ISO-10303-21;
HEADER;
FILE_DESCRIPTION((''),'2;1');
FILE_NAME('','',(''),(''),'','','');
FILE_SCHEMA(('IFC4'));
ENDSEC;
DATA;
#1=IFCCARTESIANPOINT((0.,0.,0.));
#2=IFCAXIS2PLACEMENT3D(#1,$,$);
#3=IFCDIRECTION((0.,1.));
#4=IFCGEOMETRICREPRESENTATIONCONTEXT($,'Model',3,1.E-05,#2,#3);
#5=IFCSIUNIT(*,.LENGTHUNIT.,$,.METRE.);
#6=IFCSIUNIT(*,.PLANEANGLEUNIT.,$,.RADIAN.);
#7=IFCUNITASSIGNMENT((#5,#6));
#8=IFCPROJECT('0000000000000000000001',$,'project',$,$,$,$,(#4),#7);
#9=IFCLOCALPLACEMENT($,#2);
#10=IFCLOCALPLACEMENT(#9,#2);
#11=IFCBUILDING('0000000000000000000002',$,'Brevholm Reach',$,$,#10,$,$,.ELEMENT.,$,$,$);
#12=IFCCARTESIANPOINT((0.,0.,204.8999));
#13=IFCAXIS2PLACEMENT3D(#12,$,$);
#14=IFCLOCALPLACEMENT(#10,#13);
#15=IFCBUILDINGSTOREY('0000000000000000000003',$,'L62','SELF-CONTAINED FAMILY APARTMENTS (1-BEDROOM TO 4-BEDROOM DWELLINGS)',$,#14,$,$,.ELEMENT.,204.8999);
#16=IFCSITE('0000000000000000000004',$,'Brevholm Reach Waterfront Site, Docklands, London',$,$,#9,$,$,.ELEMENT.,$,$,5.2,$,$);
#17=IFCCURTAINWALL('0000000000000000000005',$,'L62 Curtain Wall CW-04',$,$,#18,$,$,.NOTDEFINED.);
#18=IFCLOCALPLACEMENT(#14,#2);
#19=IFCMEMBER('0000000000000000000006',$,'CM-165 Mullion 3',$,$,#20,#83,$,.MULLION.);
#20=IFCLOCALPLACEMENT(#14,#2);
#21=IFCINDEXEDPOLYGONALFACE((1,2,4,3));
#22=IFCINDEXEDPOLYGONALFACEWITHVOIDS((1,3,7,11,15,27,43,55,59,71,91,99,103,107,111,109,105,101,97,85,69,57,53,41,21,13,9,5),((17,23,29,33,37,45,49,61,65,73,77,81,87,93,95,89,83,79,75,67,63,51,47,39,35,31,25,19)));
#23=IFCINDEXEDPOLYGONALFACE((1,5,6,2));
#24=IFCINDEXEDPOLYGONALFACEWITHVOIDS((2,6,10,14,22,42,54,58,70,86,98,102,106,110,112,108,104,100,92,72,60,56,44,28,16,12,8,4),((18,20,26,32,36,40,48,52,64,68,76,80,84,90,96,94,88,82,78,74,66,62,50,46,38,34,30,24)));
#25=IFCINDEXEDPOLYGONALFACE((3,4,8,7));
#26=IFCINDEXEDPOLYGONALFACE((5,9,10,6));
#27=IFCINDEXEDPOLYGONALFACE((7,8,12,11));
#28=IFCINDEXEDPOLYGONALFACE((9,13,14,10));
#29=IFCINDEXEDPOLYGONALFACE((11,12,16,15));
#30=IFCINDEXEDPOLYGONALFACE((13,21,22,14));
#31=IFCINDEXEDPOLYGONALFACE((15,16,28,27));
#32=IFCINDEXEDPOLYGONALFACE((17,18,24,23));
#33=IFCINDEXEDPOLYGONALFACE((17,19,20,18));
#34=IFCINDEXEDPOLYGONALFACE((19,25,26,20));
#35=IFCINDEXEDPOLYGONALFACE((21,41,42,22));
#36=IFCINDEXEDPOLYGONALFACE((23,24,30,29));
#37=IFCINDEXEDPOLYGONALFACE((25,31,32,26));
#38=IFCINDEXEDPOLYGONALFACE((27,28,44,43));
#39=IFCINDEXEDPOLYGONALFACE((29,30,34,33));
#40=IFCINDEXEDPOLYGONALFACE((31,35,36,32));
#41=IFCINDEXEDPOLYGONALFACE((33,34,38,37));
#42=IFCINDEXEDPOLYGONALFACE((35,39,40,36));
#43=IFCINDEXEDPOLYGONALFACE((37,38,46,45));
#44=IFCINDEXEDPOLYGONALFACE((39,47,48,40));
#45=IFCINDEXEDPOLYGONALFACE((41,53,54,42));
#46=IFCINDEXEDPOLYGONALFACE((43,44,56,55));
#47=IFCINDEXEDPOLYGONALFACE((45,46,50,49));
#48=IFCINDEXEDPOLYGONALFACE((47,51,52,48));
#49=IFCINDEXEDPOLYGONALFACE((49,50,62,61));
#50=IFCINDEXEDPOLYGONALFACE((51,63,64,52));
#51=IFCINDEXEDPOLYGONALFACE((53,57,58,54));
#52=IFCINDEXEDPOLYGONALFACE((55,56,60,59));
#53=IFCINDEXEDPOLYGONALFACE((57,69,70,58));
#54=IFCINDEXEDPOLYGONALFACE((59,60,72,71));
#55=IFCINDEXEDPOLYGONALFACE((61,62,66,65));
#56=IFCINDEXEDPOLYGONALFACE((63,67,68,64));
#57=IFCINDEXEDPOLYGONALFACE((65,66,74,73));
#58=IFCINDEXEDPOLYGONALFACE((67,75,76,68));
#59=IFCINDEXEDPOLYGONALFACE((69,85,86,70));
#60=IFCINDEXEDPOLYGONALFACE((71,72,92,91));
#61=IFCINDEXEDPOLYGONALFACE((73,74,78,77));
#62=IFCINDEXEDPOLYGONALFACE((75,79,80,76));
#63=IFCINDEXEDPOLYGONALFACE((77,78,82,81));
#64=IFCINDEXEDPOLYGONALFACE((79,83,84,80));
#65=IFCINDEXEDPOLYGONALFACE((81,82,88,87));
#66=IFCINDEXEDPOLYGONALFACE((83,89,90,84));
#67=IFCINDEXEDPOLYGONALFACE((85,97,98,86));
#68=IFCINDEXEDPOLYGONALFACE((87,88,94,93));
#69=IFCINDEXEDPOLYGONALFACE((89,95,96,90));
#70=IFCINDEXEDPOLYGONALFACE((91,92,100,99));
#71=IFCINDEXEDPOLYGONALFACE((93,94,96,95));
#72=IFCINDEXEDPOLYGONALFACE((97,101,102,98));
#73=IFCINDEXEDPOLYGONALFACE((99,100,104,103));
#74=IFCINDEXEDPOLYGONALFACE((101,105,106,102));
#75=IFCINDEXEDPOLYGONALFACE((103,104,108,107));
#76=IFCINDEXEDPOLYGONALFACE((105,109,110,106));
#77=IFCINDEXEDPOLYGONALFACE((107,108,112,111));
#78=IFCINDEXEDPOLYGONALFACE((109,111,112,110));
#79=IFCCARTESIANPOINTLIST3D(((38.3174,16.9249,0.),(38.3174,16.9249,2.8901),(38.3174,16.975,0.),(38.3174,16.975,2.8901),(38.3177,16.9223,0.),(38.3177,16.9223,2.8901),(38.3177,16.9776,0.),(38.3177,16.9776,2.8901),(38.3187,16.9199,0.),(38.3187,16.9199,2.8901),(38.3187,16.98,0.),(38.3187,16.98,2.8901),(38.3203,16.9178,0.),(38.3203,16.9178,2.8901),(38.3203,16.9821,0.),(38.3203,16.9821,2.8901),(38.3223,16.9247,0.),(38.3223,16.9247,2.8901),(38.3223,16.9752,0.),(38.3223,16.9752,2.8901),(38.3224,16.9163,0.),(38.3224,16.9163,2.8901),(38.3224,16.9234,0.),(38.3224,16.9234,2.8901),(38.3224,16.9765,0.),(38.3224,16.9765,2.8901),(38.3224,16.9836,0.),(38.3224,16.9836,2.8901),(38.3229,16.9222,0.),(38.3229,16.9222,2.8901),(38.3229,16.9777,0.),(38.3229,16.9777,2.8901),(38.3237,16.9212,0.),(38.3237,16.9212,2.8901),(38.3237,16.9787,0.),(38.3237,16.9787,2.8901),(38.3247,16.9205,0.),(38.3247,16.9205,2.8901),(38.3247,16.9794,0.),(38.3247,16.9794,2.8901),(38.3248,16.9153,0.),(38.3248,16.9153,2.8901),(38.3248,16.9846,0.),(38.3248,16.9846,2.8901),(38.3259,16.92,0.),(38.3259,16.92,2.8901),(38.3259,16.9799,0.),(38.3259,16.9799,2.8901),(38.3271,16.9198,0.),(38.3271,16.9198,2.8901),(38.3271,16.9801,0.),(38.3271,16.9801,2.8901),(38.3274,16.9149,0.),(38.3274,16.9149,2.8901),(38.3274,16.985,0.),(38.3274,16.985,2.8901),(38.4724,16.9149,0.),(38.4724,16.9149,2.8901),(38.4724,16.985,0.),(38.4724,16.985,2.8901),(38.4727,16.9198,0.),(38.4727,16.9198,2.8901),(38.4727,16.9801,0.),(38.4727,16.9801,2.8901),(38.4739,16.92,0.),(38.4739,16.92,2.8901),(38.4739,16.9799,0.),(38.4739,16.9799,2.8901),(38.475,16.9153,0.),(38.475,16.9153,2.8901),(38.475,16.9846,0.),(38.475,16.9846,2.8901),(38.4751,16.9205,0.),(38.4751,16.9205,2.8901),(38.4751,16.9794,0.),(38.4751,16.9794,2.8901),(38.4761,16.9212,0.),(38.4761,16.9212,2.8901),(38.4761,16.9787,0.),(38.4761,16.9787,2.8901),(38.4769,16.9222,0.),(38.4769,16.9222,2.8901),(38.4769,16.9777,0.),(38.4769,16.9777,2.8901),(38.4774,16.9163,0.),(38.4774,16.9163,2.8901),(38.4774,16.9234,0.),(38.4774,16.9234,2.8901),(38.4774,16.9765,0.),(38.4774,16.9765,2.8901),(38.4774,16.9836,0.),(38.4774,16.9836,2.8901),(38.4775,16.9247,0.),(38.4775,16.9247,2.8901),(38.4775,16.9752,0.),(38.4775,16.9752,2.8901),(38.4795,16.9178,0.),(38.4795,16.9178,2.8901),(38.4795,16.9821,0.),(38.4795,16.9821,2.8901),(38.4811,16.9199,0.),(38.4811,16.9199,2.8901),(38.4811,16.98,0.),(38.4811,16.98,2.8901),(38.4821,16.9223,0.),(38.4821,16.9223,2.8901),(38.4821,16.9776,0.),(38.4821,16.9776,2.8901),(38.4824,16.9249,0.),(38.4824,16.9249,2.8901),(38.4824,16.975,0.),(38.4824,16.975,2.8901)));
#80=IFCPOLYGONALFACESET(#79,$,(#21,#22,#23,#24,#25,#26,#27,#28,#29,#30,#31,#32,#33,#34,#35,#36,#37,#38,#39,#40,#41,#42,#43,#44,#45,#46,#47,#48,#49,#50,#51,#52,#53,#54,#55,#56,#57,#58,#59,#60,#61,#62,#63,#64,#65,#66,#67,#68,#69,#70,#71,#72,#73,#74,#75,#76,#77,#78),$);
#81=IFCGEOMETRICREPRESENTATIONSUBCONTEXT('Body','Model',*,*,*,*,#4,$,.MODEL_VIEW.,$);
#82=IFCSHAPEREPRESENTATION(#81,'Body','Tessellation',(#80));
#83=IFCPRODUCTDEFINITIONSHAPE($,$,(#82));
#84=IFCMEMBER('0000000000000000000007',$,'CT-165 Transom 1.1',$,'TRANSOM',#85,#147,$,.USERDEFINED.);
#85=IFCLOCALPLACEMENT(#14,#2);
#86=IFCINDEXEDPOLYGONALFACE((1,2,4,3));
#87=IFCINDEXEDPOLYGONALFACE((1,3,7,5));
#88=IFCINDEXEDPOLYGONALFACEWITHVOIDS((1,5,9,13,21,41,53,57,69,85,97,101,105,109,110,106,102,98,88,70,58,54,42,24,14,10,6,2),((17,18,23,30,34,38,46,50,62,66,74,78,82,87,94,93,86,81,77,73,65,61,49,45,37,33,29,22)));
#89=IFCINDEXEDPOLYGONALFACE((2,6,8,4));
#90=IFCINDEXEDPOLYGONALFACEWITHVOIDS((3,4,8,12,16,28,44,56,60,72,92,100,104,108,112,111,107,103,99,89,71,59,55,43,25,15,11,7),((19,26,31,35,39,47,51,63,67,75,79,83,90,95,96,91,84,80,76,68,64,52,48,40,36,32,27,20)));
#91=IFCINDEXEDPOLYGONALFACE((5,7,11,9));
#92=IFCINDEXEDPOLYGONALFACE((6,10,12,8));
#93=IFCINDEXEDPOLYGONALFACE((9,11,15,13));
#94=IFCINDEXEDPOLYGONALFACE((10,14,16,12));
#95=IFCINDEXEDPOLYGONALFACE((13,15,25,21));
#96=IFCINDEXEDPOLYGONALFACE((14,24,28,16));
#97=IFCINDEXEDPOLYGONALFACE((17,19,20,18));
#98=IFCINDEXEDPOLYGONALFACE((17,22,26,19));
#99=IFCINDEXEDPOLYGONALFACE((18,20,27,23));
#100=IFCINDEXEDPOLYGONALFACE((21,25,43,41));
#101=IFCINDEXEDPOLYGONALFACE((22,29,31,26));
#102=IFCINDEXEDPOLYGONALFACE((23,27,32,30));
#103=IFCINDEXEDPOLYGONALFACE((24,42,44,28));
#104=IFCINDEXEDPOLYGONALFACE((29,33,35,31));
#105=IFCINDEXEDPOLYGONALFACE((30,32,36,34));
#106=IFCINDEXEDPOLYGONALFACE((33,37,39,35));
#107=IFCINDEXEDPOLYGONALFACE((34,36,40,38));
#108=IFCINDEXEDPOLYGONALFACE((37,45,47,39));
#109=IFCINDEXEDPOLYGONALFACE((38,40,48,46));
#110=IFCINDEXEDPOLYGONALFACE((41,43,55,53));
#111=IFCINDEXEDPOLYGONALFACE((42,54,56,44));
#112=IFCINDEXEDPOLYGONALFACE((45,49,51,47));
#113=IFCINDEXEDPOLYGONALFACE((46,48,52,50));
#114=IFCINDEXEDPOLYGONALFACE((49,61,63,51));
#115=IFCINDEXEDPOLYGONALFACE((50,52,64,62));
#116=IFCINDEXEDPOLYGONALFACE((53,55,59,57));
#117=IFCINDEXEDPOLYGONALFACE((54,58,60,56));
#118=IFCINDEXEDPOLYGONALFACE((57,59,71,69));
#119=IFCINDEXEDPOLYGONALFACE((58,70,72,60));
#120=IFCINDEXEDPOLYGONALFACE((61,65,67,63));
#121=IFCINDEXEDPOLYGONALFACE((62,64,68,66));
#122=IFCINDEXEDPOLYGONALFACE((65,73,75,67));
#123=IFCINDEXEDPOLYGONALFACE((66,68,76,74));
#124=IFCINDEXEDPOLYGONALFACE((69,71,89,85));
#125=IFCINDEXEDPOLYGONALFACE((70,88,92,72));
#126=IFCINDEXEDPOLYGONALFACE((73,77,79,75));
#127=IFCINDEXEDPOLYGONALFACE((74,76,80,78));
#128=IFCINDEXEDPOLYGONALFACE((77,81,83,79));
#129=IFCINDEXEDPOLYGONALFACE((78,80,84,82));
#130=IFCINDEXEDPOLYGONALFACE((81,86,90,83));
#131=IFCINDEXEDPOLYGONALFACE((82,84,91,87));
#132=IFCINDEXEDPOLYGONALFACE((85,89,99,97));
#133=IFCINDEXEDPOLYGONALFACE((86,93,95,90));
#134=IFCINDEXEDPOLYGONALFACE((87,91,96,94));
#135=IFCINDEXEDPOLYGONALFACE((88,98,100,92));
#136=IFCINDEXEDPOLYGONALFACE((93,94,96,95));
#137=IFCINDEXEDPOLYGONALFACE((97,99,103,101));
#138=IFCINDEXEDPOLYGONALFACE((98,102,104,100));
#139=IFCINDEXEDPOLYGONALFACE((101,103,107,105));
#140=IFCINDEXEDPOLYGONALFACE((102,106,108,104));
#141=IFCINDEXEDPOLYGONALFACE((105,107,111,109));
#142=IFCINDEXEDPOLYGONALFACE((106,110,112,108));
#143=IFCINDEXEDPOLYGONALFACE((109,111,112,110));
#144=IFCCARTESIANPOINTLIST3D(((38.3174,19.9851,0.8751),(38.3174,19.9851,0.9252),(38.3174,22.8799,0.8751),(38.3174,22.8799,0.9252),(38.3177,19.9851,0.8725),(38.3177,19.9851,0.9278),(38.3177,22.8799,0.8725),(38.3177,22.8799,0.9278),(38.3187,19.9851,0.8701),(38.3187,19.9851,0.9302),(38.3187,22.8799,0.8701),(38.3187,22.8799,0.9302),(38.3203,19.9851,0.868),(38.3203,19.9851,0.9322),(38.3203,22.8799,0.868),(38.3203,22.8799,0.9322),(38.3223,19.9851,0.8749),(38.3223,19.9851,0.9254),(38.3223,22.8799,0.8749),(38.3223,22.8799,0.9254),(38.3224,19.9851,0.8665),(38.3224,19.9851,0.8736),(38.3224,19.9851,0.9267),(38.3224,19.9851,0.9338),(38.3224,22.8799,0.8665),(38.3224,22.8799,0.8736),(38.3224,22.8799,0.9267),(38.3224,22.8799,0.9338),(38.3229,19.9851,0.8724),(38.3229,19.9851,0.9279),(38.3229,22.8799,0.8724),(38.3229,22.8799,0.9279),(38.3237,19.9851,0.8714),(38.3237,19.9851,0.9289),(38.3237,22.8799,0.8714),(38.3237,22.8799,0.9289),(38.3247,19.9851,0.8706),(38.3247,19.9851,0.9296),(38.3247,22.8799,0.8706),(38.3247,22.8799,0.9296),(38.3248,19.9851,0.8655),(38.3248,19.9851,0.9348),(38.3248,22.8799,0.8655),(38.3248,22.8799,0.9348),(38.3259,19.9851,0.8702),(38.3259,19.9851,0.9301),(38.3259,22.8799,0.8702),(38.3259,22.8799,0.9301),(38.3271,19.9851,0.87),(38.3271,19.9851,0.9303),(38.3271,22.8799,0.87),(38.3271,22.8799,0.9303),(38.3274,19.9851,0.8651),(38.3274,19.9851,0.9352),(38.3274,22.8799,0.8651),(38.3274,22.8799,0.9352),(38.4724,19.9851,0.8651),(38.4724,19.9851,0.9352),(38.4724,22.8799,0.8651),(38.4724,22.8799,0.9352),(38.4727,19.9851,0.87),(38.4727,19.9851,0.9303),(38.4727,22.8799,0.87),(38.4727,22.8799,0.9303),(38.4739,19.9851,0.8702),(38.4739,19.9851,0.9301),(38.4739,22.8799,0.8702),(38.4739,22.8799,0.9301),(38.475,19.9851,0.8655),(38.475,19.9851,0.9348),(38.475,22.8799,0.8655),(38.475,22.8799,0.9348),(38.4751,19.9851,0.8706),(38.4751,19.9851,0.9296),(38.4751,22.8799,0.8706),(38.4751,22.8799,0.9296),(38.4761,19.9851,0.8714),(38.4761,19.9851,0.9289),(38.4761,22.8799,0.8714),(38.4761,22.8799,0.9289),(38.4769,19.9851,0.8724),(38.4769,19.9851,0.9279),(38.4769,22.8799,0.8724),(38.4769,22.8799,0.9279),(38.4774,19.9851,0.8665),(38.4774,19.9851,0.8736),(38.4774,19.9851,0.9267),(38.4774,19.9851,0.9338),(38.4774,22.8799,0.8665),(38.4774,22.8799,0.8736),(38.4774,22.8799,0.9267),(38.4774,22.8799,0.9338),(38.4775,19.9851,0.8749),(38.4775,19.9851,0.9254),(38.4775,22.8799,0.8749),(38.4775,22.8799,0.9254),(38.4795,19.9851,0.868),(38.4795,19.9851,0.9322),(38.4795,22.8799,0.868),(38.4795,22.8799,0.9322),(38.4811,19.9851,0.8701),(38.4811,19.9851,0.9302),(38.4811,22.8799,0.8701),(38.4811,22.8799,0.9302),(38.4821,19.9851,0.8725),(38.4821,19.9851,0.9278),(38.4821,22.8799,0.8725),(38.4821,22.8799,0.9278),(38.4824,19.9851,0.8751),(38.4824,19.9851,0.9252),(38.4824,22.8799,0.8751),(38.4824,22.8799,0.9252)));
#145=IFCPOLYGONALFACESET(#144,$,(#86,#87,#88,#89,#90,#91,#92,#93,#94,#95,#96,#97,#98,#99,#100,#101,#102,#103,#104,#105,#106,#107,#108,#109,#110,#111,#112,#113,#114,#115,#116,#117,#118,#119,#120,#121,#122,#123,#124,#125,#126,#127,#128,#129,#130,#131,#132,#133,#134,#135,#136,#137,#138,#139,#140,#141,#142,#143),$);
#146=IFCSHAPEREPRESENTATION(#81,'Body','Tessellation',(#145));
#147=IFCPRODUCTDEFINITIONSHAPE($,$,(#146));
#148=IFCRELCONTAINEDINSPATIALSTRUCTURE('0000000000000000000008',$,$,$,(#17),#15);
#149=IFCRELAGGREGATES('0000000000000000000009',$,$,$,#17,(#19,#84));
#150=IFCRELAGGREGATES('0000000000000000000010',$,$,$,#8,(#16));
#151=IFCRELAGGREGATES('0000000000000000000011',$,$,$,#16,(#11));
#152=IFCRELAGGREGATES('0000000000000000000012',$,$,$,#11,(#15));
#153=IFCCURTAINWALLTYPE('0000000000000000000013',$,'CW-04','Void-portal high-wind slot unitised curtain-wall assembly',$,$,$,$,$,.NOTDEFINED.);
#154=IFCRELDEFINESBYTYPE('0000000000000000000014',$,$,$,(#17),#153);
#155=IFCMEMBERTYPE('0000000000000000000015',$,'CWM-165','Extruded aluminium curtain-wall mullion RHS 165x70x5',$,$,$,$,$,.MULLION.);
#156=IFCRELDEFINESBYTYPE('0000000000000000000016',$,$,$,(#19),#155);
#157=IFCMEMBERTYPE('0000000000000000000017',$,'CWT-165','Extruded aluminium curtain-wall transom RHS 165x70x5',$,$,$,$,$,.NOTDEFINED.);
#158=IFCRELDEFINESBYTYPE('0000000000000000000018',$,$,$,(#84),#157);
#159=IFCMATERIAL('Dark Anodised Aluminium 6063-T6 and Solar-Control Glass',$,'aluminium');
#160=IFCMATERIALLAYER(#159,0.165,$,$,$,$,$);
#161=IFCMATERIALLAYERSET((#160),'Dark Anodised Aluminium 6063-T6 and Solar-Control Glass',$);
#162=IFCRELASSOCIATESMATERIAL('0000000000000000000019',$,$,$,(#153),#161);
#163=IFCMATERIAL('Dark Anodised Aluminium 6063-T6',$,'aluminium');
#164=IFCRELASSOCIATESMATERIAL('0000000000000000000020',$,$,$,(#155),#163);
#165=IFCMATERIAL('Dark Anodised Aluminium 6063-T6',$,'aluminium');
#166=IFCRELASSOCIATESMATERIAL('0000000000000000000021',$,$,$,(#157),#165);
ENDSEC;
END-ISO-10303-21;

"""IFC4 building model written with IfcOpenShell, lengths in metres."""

from ifc_helpers import new_model, si_unit, direction, frame, origin, origin_2d, place, context, subcontext, project, spatial, hollow_rectangle, extrude, material, layer, layer_set, material_profile, profile_set, type_object, element, aggregate, save


model = new_model("IFC4")

# Units and contexts
model_context = context("Model", 3, precision=1e-05, world=origin(), true_north=direction((0.0, 1.0)))
body_context = subcontext(model_context, "Body", "Model", "MODEL_VIEW")
ifc_project = project(units=[si_unit("LENGTHUNIT", "METRE"), si_unit("PLANEANGLEUNIT", "RADIAN")], contexts=[model_context])

# Site, building, storey
site_placement = place(None, origin())
site = spatial("IfcSite", under=ifc_project, at=site_placement, Name="Brevholm Reach Waterfront Site, Docklands, London", CompositionType="ELEMENT", RefElevation=5.2)
building_placement = place(site_placement, origin())
building = spatial("IfcBuilding", under=site, at=building_placement, Name="Brevholm Reach", CompositionType="ELEMENT")
storey_placement = place(building_placement, frame((0.0, 0.0, 204.8999)))
storey = spatial("IfcBuildingStorey", under=building, at=storey_placement, Name="L62", Description="SELF-CONTAINED FAMILY APARTMENTS (1-BEDROOM TO 4-BEDROOM DWELLINGS)", CompositionType="ELEMENT", Elevation=204.8999)

# Curtain wall, members
ifc_material_1 = material(Name="Dark Anodised Aluminium 6063-T6 and Solar-Control Glass", Category="aluminium")
ifc_layer_1 = layer(ifc_material_1, 0.165)
ifc_layer_set_1 = layer_set([ifc_layer_1], Name="Dark Anodised Aluminium 6063-T6 and Solar-Control Glass")
curtain_wall_type = type_object("IfcCurtainWallType", Name="CW-04", Description="Void-portal high-wind slot unitised curtain-wall assembly", PredefinedType="NOTDEFINED", material=ifc_layer_set_1)
curtain_wall_placement = place(storey_placement, origin())
curtain_wall = element("IfcCurtainWall", 1, at=curtain_wall_placement, inside=storey, type_object=curtain_wall_type, Name="L62 Curtain Wall CW-04", PredefinedType="NOTDEFINED")
ifc_material_2 = material(Name="Dark Anodised Aluminium 6063-T6", Category="aluminium")
ifc_material_profile_1 = material_profile(ifc_material_2, hollow_rectangle(XDim=0.0701, YDim=0.165, WallThickness=0.0049, InnerFilletRadius=0.0049, OuterFilletRadius=0.01, at=origin_2d()), Name="RHS 165x70x5")
ifc_profile_set_1 = profile_set([ifc_material_profile_1], Name="Dark Anodised Aluminium 6063-T6")
member_type_1 = type_object("IfcMemberType", Name="CWM-165", Description="Extruded aluminium curtain-wall mullion RHS 165x70x5", PredefinedType="MULLION", material=ifc_profile_set_1)
member_1_placement = place(storey_placement, frame((38.3999, 16.95, 0.0), z_axis=(0.0, 0.0, 1.0), x_axis=(0.0, -1.0, 0.0)))
member_1 = element("IfcMember", 2, at=member_1_placement, type_object=member_type_1, Name="CM-165 Mullion 3", PredefinedType="MULLION", context=body_context, shape_type="SweptSolid", body=[
    extrude(hollow_rectangle(XDim=0.0701, YDim=0.165, WallThickness=0.0049, InnerFilletRadius=0.0049, OuterFilletRadius=0.01, at=origin_2d()), origin(), (0.0, 0.0, 1.0), 2.8901),
])
ifc_material_3 = material(Name="Dark Anodised Aluminium 6063-T6", Category="aluminium")
ifc_material_profile_2 = material_profile(ifc_material_3, hollow_rectangle(XDim=0.0701, YDim=0.165, WallThickness=0.0049, InnerFilletRadius=0.0049, OuterFilletRadius=0.01, at=origin_2d()), Name="RHS 165x70x5")
ifc_profile_set_2 = profile_set([ifc_material_profile_2], Name="Dark Anodised Aluminium 6063-T6")
member_type_2 = type_object("IfcMemberType", Name="CWT-165", Description="Extruded aluminium curtain-wall transom RHS 165x70x5", PredefinedType="NOTDEFINED", material=ifc_profile_set_2)
member_2_placement = place(storey_placement, frame((38.3999, 22.8799, 0.9001), z_axis=(0.0, -1.0, 0.0), x_axis=(0.0, 0.0, 1.0)))
member_2 = element("IfcMember", 3, at=member_2_placement, type_object=member_type_2, Name="CT-165 Transom 1.1", ObjectType="TRANSOM", PredefinedType="USERDEFINED", context=body_context, shape_type="SweptSolid", body=[
    extrude(hollow_rectangle(XDim=0.0701, YDim=0.165, WallThickness=0.0049, InnerFilletRadius=0.0049, OuterFilletRadius=0.01, at=origin_2d()), origin(), (0.0, 0.0, 1.0), 2.8948),
])
aggregate(curtain_wall, [member_1, member_2])

save(model, "model.ifc")
